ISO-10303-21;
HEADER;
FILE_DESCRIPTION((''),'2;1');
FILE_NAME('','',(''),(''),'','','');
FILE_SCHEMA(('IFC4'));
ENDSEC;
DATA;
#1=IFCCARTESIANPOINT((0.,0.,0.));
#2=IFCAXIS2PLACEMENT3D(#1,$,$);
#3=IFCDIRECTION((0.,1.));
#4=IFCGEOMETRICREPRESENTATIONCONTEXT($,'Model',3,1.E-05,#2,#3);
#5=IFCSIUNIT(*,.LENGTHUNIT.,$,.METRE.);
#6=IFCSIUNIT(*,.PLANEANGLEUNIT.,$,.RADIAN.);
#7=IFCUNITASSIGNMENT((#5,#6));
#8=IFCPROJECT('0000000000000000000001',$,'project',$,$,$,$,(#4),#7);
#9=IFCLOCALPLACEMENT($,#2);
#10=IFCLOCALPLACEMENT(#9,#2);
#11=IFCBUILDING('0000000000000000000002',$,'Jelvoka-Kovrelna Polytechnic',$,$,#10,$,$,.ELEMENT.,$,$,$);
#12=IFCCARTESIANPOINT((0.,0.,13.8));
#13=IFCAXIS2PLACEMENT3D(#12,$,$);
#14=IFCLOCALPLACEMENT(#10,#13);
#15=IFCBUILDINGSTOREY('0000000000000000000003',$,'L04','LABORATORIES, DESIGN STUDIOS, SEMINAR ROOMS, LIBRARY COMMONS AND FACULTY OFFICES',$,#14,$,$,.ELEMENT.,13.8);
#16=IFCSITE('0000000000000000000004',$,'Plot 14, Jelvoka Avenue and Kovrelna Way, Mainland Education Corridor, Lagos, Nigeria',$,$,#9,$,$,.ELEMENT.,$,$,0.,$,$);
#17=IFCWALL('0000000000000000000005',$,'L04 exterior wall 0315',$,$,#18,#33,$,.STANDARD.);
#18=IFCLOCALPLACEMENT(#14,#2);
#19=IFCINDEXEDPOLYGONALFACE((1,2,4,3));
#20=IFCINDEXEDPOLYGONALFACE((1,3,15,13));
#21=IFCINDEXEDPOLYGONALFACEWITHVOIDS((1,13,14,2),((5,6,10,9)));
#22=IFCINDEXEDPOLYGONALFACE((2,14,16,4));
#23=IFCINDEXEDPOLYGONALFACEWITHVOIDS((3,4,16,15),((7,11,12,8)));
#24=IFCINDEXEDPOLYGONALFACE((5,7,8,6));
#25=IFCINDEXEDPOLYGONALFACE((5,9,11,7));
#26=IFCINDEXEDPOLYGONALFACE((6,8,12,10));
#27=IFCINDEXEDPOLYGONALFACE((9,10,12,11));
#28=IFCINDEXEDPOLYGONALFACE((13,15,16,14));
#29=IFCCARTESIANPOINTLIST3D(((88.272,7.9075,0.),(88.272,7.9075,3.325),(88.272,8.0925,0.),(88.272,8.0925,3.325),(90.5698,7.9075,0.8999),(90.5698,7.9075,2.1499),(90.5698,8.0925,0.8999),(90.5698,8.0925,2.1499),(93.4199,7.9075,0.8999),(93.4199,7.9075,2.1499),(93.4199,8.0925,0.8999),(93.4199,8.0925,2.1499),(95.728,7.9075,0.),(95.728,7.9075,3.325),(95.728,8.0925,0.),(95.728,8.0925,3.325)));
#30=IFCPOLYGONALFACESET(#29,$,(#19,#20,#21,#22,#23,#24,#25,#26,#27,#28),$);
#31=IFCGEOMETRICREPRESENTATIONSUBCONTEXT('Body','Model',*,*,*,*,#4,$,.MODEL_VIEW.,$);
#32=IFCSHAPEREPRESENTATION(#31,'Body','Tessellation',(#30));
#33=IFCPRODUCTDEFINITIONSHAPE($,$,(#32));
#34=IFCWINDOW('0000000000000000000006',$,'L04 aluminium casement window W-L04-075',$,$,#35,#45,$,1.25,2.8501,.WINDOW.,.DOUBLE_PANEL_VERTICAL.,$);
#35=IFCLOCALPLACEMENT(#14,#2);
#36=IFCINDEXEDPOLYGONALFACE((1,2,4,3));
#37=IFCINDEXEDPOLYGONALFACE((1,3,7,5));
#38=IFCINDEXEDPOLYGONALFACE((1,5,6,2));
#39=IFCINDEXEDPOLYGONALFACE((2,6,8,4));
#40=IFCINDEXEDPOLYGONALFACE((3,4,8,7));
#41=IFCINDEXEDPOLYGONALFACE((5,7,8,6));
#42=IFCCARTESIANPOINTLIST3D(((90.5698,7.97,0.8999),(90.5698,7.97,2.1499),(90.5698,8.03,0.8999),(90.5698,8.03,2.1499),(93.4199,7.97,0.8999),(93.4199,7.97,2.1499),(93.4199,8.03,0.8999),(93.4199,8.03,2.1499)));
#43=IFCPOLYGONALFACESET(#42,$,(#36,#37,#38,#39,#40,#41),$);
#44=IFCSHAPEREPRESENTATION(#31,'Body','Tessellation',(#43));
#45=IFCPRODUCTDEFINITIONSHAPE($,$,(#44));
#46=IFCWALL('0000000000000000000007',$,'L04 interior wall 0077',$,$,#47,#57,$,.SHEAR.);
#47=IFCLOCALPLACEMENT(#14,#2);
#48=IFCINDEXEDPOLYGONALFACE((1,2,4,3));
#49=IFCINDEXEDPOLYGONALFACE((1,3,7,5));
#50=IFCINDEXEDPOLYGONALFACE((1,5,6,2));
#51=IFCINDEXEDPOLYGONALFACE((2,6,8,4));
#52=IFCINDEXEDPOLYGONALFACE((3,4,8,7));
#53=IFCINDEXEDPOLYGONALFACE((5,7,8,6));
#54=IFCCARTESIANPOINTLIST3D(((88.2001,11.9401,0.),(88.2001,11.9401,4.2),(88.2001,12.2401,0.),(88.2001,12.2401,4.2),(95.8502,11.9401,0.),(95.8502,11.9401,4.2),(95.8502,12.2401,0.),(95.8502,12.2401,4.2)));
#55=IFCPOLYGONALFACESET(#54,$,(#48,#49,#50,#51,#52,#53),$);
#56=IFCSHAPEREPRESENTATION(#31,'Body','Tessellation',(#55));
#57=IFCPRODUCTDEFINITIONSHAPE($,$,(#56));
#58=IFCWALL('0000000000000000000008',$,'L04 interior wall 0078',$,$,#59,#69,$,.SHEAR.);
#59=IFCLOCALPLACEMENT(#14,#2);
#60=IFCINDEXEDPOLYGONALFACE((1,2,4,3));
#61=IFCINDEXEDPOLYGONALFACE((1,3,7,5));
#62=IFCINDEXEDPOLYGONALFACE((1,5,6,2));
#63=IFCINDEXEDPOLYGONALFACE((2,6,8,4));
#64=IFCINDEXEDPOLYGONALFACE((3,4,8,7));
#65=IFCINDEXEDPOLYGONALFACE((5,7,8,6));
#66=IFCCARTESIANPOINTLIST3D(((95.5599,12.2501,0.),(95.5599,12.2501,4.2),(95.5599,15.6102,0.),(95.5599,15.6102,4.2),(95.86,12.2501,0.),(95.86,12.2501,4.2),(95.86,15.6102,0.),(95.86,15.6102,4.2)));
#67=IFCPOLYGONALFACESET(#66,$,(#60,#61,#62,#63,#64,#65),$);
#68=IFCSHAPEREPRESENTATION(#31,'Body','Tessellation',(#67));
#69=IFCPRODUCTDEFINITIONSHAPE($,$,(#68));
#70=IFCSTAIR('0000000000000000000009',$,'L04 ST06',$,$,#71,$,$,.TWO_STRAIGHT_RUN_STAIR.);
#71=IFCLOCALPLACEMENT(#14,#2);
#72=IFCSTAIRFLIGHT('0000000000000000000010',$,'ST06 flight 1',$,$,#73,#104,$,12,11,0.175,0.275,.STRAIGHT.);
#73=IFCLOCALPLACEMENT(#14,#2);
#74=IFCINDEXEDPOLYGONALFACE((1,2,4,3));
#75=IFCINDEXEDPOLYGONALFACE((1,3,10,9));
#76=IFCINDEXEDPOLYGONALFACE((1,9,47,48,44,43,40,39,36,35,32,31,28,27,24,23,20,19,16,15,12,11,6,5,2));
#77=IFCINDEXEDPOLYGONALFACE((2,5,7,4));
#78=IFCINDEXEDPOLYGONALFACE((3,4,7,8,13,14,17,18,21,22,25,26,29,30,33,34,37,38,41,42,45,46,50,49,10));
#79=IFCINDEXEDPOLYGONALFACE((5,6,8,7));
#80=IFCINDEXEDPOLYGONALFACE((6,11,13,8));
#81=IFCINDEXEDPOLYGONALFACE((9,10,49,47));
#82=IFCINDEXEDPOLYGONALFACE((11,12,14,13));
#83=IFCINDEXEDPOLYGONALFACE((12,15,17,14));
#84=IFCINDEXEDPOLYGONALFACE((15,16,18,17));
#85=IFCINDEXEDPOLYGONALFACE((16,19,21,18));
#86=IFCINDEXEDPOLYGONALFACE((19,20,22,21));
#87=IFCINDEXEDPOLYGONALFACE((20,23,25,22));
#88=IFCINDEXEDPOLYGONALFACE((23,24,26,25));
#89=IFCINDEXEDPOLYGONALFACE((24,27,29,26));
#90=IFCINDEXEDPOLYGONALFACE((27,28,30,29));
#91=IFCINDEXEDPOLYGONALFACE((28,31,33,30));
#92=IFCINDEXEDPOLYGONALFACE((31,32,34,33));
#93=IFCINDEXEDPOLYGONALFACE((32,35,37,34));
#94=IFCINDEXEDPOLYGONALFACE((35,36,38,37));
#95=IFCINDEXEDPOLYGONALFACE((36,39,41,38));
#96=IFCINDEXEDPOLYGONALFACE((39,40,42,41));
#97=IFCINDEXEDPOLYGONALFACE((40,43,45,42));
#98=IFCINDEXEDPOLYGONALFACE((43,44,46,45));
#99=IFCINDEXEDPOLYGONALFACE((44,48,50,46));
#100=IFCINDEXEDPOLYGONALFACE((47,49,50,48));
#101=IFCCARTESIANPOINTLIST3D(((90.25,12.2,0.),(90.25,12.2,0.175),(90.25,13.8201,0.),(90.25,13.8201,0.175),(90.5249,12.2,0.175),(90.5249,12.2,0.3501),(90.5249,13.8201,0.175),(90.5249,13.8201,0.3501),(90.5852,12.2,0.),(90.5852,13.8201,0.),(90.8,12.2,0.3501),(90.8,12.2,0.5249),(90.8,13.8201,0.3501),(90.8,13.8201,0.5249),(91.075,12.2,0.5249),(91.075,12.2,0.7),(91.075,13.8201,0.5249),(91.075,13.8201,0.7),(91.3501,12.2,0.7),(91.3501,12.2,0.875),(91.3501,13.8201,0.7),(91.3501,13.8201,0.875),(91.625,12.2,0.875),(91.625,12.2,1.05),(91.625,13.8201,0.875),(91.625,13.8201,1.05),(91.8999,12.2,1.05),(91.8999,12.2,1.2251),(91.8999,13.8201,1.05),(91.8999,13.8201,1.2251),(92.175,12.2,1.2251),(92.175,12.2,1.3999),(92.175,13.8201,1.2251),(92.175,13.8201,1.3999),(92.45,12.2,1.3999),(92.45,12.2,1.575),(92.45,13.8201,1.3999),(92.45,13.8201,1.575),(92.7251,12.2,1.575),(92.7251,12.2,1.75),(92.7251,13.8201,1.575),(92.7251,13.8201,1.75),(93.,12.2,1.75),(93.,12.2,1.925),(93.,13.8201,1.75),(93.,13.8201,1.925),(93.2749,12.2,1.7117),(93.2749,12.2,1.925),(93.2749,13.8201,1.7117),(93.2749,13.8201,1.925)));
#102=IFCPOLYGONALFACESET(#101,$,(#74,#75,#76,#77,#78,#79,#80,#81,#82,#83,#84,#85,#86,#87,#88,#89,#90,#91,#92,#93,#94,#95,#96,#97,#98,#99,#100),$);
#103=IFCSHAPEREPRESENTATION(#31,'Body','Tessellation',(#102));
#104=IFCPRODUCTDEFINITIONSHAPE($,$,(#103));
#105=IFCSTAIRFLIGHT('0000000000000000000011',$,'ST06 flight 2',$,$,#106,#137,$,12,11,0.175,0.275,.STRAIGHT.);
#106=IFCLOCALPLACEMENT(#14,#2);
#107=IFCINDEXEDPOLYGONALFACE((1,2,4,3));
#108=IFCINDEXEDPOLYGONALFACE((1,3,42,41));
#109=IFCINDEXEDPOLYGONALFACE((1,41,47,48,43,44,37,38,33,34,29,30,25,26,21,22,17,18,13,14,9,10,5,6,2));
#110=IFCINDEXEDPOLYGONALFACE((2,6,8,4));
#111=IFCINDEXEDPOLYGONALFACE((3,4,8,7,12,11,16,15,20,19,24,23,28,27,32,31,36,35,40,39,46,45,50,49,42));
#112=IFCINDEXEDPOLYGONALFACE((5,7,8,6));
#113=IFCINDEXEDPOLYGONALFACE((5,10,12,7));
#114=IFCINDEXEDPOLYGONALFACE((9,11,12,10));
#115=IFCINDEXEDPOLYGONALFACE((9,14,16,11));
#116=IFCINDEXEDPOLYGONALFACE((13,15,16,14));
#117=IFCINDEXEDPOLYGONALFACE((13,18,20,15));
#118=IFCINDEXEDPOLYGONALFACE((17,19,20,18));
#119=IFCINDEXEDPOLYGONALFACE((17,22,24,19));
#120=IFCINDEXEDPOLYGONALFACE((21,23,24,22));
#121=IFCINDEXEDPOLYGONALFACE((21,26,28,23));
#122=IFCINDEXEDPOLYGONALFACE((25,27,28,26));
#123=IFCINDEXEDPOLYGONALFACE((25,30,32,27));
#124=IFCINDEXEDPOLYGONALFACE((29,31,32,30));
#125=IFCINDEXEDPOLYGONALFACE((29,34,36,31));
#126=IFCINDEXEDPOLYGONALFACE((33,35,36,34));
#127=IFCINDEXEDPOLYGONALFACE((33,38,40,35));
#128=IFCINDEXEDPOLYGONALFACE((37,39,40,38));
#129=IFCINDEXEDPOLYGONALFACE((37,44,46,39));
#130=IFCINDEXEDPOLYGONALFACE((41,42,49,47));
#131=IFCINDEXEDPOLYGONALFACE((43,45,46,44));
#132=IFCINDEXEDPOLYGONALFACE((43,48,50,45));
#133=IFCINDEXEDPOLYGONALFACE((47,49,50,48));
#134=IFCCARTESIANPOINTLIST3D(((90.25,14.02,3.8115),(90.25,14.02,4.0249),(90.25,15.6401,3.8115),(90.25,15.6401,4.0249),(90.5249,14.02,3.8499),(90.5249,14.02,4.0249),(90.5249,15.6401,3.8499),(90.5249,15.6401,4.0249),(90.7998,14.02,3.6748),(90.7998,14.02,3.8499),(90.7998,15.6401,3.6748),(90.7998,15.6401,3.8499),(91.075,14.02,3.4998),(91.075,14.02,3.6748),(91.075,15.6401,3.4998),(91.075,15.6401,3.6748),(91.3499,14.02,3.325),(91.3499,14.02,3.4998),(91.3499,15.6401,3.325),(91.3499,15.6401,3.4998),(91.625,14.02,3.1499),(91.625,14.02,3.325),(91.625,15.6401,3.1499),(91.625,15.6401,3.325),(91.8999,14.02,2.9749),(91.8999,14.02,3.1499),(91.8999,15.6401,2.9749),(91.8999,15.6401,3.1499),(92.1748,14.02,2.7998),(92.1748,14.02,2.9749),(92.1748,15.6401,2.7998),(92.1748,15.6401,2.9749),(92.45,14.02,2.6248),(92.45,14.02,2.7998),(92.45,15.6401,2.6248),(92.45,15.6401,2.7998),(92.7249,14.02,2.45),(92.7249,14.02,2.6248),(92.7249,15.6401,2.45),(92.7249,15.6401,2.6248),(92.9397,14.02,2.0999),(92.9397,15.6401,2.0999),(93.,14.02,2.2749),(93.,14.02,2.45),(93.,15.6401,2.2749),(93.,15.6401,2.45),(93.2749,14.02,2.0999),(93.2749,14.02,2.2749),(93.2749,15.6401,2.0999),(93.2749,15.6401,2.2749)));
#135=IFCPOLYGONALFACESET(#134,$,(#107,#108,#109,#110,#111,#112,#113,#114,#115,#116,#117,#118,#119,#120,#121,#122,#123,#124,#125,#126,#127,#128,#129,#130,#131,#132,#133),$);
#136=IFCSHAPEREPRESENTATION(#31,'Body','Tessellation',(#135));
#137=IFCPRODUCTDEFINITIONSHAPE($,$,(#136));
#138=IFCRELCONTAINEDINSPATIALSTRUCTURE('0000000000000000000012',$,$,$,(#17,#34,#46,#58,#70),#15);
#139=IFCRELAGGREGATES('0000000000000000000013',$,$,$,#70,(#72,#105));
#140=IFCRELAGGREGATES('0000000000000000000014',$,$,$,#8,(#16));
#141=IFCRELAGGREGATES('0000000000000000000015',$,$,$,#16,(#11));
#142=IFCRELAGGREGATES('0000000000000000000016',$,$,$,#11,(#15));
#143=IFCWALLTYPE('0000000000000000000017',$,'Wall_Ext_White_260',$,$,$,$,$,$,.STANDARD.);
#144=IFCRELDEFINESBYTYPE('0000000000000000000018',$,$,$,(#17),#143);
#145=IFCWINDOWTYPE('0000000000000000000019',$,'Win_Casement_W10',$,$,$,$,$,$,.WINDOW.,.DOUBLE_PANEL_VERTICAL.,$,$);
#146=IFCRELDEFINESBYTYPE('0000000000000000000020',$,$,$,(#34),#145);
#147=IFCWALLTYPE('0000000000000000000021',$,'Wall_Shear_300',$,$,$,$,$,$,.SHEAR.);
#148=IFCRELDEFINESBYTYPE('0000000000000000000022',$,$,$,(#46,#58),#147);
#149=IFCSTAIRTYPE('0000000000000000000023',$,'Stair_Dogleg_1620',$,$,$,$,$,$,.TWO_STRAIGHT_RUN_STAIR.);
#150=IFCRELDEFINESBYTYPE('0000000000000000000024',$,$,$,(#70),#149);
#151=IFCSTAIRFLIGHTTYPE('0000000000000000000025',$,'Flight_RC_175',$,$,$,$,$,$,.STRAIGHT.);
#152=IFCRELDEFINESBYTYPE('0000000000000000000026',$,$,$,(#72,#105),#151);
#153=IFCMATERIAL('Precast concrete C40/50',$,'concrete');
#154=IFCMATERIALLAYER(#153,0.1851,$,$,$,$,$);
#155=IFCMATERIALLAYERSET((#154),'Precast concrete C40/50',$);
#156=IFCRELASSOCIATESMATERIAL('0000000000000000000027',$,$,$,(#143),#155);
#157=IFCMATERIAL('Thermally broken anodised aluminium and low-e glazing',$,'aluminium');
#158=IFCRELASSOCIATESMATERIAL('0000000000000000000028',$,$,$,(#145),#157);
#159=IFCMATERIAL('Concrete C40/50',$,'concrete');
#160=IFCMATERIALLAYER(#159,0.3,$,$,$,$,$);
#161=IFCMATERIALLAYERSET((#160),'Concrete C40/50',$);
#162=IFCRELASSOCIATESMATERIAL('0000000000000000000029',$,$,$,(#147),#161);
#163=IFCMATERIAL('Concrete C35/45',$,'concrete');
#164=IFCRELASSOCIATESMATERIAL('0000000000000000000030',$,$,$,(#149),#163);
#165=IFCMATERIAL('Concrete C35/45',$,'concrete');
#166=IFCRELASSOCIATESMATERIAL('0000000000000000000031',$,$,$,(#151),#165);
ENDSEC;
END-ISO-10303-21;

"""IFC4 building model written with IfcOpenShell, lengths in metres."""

from ifc_helpers import new_model, si_unit, direction, frame, frame_2d, origin, place, context, subcontext, project, spatial, polyline, rectangle, outline, extrude, material, layer, layer_set, type_object, element, fill, aggregate, save


model = new_model("IFC4")

# Units and contexts
model_context = context("Model", 3, precision=1e-05, world=origin(), true_north=direction((0.0, 1.0)))
body_context = subcontext(model_context, "Body", "Model", "MODEL_VIEW")
ifc_project = project(units=[si_unit("LENGTHUNIT", "METRE"), si_unit("PLANEANGLEUNIT", "RADIAN")], contexts=[model_context])

# Site, building, storey
site_placement = place(None, origin())
site = spatial("IfcSite", under=ifc_project, at=site_placement, Name="Plot 14, Jelvoka Avenue and Kovrelna Way, Mainland Education Corridor, Lagos, Nigeria", CompositionType="ELEMENT", RefElevation=0.0)
building_placement = place(site_placement, origin())
building = spatial("IfcBuilding", under=site, at=building_placement, Name="Jelvoka-Kovrelna Polytechnic", CompositionType="ELEMENT")
storey_placement = place(building_placement, frame((0.0, 0.0, 13.8)))
storey = spatial("IfcBuildingStorey", under=building, at=storey_placement, Name="L04", Description="LABORATORIES, DESIGN STUDIOS, SEMINAR ROOMS, LIBRARY COMMONS AND FACULTY OFFICES", CompositionType="ELEMENT", Elevation=13.8)

# Wall, opening, window
ifc_material_1 = material(Name="Precast concrete C40/50", Category="concrete")
ifc_layer_1 = layer(ifc_material_1, 0.1851)
ifc_layer_set_1 = layer_set([ifc_layer_1], Name="Precast concrete C40/50")
wall_type_1 = type_object("IfcWallType", Name="Wall_Ext_White_260", PredefinedType="STANDARD", material=ifc_layer_set_1)
wall_1_placement = place(storey_placement, frame((95.728, 8.0, 0.0), z_axis=(0.0, 0.0, 1.0), x_axis=(-1.0, 0.0, 0.0)))
wall_1 = element("IfcWall", 1, at=wall_1_placement, inside=storey, type_object=wall_type_1, Name="L04 exterior wall 0315", PredefinedType="STANDARD", context=body_context, shape_type="SweptSolid", body=[
    extrude(rectangle(XDim=7.4561, YDim=0.1851, at=frame_2d((3.728, 0.0))), origin(), (0.0, 0.0, 1.0), 3.325),
])
opening_1_placement = place(wall_1_placement, frame((2.3081, 0.0, 0.8999)))
opening_1 = element("IfcOpeningElement", 2, at=opening_1_placement, cuts=wall_1, PredefinedType="OPENING", context=body_context, shape_type="SweptSolid", body=[
    extrude(rectangle(XDim=2.8501, YDim=1.25, at=frame_2d((1.425, 0.625))), frame((0.0, 0.1025, 0.0), z_axis=(0.0, -1.0, 0.0), x_axis=(1.0, 0.0, 0.0)), (0.0, 0.0, 1.0), 0.2051),
])
ifc_material_2 = material(Name="Thermally broken anodised aluminium and low-e glazing", Category="aluminium")
window_type = type_object("IfcWindowType", Name="Win_Casement_W10", PartitioningType="DOUBLE_PANEL_VERTICAL", PredefinedType="WINDOW", material=ifc_material_2)
window_placement = place(opening_1_placement, origin())
window = element("IfcWindow", 3, at=window_placement, inside=storey, type_object=window_type, Name="L04 aluminium casement window W-L04-075", OverallHeight=1.25, OverallWidth=2.8501, PartitioningType="DOUBLE_PANEL_VERTICAL", PredefinedType="WINDOW", context=body_context, shape_type="SweptSolid", body=[
    extrude(rectangle(XDim=2.8501, YDim=1.25, at=frame_2d((1.425, 0.625))), frame((0.0, 0.03, 0.0), z_axis=(0.0, -1.0, 0.0), x_axis=(1.0, 0.0, 0.0)), (0.0, 0.0, 1.0), 0.0601),
])
fill(opening_1, window)

# Walls
ifc_material_3 = material(Name="Concrete C40/50", Category="concrete")
ifc_layer_2 = layer(ifc_material_3, 0.3)
ifc_layer_set_2 = layer_set([ifc_layer_2], Name="Concrete C40/50")
wall_type_2 = type_object("IfcWallType", Name="Wall_Shear_300", PredefinedType="SHEAR", material=ifc_layer_set_2)
wall_2_placement = place(storey_placement, frame((88.2, 12.0901, 0.0), z_axis=(0.0, 0.0, 1.0), x_axis=(1.0, 0.0, 0.0)))
element("IfcWall", 4, at=wall_2_placement, inside=storey, type_object=wall_type_2, Name="L04 interior wall 0077", PredefinedType="SHEAR", context=body_context, shape_type="SweptSolid", body=[
    extrude(rectangle(XDim=7.6501, YDim=0.3, at=frame_2d((3.8252, 0.0))), origin(), (0.0, 0.0, 1.0), 4.2),
])
wall_3_placement = place(storey_placement, frame((95.71, 12.25, 0.0), z_axis=(0.0, 0.0, 1.0), x_axis=(0.0, 1.0, 0.0)))
element("IfcWall", 5, at=wall_3_placement, inside=storey, type_object=wall_type_2, Name="L04 interior wall 0078", PredefinedType="SHEAR", context=body_context, shape_type="SweptSolid", body=[
    extrude(rectangle(XDim=3.3601, YDim=0.3, at=frame_2d((1.6802, 0.0))), origin(), (0.0, 0.0, 1.0), 4.2),
])

# Stair, stair flights
ifc_material_4 = material(Name="Concrete C35/45", Category="concrete")
stair_type = type_object("IfcStairType", Name="Stair_Dogleg_1620", PredefinedType="TWO_STRAIGHT_RUN_STAIR", material=ifc_material_4)
stair_placement = place(storey_placement, origin())
stair = element("IfcStair", 6, at=stair_placement, inside=storey, type_object=stair_type, Name="L04 ST06", PredefinedType="TWO_STRAIGHT_RUN_STAIR")
ifc_material_5 = material(Name="Concrete C35/45", Category="concrete")
stair_flight_type = type_object("IfcStairFlightType", Name="Flight_RC_175", PredefinedType="STRAIGHT", material=ifc_material_5)
stair_flight_1_placement = place(storey_placement, frame((90.25, 13.01, 0.0), z_axis=(0.0, 0.0, 1.0), x_axis=(1.0, 0.0, 0.0)))
stair_flight_1 = element("IfcStairFlight", 7, at=stair_flight_1_placement, type_object=stair_flight_type, Name="ST06 flight 1", NumberOfRisers=12, NumberOfTreads=11, PredefinedType="STRAIGHT", RiserHeight=0.175, TreadLength=0.275, context=body_context, shape_type="SweptSolid", body=[
    extrude(outline(polyline([(0.0, 0.0), (0.0, 0.175), (0.2749, 0.175), (0.2749, 0.3501), (0.55, 0.3501), (0.55, 0.5249), (0.825, 0.5249), (0.825, 0.7), (1.1001, 0.7), (1.1001, 0.875), (1.375, 0.875), (1.375, 1.05), (1.6499, 1.05), (1.6499, 1.2251), (1.925, 1.2251), (1.925, 1.3999), (2.2, 1.3999), (2.2, 1.575), (2.4751, 1.575), (2.4751, 1.75), (2.75, 1.75), (2.75, 1.925), (3.0249, 1.925), (3.0249, 2.1001), (3.0249, 1.7117), (0.3352, 0.0), (0.0, 0.0)])), frame((0.0, 0.8101, 0.0), z_axis=(0.0, -1.0, 0.0), x_axis=(1.0, 0.0, 0.0)), (0.0, 0.0, 1.0), 1.6201),
])
stair_flight_2_placement = place(storey_placement, frame((93.2749, 14.8301, 2.0999), z_axis=(0.0, 0.0, 1.0), x_axis=(-1.0, 0.0, 0.0)))
stair_flight_2 = element("IfcStairFlight", 8, at=stair_flight_2_placement, type_object=stair_flight_type, Name="ST06 flight 2", NumberOfRisers=12, NumberOfTreads=11, PredefinedType="STRAIGHT", RiserHeight=0.175, TreadLength=0.275, context=body_context, shape_type="SweptSolid", body=[
    extrude(outline(polyline([(0.0, 0.0), (0.0, 0.175), (0.2749, 0.175), (0.2749, 0.3501), (0.55, 0.3501), (0.55, 0.5249), (0.825, 0.5249), (0.825, 0.7), (1.1001, 0.7), (1.1001, 0.875), (1.375, 0.875), (1.375, 1.05), (1.6499, 1.05), (1.6499, 1.2251), (1.925, 1.2251), (1.925, 1.3999), (2.2, 1.3999), (2.2, 1.575), (2.4751, 1.575), (2.4751, 1.75), (2.75, 1.75), (2.75, 1.925), (3.0249, 1.925), (3.0249, 2.1001), (3.0249, 1.7117), (0.3352, 0.0), (0.0, 0.0)])), frame((0.0, 0.8101, 0.0), z_axis=(0.0, -1.0, 0.0), x_axis=(1.0, 0.0, 0.0)), (0.0, 0.0, 1.0), 1.6201),
])
aggregate(stair, [stair_flight_1, stair_flight_2])

save(model, "model.ifc")
